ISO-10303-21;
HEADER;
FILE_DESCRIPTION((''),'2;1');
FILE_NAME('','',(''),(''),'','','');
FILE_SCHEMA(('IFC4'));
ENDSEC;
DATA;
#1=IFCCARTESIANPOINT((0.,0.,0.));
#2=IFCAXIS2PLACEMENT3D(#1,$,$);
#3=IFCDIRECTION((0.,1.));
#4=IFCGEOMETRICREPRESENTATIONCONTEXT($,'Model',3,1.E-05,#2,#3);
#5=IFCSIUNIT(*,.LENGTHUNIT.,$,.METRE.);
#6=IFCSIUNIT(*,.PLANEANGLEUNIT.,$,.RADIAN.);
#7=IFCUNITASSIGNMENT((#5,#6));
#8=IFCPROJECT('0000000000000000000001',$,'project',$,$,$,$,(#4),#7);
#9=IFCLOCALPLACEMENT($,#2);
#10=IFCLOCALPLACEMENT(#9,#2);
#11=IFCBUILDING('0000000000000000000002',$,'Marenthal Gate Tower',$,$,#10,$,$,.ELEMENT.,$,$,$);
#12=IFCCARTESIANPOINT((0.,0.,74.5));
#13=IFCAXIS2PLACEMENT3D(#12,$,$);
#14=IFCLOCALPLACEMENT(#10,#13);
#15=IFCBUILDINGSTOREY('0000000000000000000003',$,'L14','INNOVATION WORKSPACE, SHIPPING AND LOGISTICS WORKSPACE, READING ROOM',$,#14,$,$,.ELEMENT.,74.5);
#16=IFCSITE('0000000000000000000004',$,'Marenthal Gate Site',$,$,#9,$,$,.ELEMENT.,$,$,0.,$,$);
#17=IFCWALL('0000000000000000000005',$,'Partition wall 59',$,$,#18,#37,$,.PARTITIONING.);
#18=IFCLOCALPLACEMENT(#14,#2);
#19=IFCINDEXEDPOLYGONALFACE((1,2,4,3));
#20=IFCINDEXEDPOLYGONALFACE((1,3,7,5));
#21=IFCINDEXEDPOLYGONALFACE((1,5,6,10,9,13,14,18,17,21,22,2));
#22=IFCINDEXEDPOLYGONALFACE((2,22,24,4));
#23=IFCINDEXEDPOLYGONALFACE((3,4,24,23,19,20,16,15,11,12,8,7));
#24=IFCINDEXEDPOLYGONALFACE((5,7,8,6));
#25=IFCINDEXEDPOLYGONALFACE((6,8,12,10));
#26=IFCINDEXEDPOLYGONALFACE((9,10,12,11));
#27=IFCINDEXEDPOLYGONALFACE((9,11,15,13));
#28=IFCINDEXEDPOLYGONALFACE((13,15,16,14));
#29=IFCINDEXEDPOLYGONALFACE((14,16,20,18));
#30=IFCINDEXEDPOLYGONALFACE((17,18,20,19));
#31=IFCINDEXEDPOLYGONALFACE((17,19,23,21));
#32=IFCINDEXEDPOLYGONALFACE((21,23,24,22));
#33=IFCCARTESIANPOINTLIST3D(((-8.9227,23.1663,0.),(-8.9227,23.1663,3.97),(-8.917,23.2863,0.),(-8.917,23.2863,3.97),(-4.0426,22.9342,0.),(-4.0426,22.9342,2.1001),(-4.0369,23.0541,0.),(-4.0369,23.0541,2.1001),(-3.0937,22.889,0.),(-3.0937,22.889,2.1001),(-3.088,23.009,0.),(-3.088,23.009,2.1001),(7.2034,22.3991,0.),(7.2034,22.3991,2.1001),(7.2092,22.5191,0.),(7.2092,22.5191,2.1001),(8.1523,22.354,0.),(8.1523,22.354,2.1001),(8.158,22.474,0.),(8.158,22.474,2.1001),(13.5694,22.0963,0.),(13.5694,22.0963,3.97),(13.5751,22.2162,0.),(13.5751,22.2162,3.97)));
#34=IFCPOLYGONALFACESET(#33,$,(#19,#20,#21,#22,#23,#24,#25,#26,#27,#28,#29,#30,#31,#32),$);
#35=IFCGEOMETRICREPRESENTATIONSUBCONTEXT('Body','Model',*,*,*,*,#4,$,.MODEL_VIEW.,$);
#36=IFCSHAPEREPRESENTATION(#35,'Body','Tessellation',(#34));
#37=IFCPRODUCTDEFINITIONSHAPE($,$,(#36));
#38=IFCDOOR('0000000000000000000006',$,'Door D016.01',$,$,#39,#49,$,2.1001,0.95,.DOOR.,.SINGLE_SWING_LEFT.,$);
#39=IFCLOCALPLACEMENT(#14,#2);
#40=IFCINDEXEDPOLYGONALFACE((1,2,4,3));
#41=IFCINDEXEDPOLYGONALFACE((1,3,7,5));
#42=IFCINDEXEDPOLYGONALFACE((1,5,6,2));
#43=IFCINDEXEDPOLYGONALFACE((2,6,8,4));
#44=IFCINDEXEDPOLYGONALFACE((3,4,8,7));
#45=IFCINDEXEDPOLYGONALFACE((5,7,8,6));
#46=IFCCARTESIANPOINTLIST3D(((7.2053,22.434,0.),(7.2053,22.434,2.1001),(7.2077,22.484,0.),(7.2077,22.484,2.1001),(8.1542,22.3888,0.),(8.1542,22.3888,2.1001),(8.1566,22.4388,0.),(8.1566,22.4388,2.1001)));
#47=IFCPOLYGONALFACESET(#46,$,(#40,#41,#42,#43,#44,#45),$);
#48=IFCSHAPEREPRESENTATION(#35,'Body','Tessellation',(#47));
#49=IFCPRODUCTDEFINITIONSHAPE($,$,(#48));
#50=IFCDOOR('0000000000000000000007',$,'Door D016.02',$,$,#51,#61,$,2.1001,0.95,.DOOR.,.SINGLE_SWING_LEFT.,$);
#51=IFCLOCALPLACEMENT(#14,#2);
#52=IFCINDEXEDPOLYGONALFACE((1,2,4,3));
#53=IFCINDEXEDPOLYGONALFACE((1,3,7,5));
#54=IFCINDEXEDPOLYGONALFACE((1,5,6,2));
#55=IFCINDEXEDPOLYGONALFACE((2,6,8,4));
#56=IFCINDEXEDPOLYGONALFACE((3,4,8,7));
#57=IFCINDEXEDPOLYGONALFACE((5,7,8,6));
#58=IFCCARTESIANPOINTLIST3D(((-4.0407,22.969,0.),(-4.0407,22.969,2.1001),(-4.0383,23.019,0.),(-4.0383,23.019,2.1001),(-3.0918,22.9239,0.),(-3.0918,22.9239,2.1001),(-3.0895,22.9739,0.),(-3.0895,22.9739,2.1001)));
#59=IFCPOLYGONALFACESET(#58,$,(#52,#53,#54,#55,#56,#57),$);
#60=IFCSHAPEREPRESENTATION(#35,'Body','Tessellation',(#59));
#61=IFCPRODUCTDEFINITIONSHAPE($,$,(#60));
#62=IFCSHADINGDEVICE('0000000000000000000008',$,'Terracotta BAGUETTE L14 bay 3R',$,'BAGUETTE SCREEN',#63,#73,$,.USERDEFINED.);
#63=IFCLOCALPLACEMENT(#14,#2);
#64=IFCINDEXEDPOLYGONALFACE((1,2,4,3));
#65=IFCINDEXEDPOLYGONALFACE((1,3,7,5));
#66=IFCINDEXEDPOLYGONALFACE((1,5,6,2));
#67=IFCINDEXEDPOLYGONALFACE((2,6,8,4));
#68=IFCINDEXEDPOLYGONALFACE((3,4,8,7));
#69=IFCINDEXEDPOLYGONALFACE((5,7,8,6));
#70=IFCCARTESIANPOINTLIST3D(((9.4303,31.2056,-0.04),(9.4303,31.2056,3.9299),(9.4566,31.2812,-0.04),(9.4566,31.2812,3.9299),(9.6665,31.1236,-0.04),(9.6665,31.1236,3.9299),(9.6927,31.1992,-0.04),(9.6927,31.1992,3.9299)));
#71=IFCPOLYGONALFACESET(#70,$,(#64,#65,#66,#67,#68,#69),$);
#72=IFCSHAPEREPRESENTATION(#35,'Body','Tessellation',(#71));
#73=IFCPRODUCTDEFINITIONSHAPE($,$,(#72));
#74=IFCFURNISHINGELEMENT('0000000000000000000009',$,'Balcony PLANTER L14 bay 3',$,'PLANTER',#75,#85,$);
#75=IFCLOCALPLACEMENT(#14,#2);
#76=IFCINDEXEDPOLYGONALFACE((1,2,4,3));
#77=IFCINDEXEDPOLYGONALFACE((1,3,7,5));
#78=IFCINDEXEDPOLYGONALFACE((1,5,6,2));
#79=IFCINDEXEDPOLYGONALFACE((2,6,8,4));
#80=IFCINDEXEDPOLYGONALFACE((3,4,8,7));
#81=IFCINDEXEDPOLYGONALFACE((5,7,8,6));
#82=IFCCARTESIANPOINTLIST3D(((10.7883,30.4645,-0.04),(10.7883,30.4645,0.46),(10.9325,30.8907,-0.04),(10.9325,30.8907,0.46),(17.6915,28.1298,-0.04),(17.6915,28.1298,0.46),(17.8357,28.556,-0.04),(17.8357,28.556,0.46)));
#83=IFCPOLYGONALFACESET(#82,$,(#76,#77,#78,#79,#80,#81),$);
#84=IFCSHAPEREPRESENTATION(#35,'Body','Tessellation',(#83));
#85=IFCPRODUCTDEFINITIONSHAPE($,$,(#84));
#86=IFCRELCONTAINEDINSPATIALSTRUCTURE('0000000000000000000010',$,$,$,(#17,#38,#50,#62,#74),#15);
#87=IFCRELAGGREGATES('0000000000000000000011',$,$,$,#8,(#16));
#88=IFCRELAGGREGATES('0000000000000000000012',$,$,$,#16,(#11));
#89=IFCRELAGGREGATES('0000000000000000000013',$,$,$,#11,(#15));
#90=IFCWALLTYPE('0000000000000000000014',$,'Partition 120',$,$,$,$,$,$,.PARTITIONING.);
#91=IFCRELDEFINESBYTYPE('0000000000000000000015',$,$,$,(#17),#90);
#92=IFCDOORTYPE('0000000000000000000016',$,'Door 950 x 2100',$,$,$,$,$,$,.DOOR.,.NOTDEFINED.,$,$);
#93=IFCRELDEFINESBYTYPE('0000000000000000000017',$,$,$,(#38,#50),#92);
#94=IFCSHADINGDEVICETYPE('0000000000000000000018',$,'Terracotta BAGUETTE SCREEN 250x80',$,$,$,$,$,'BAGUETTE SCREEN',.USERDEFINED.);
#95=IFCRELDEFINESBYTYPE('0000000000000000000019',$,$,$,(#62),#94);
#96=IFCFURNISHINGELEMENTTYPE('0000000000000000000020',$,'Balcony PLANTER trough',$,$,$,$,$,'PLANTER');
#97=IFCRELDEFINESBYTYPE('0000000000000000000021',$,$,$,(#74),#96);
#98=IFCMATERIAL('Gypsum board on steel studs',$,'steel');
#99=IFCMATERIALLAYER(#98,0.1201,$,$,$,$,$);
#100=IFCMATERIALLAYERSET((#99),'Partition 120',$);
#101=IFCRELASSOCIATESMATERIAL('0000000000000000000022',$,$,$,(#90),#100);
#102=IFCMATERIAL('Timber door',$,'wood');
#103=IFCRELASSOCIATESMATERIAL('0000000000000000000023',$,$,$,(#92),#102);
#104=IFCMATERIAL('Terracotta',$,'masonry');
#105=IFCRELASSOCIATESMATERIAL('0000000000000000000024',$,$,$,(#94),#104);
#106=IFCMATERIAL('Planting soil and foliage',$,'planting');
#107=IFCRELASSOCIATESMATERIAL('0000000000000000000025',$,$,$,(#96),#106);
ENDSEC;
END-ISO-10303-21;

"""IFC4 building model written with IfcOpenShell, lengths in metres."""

from ifc_helpers import new_model, si_unit, direction, frame, frame_2d, origin, origin_2d, place, context, subcontext, project, spatial, rectangle, extrude, material, layer, layer_set, material_profile, profile_set, type_object, element, fill, save


model = new_model("IFC4")

# Units and contexts
model_context = context("Model", 3, precision=1e-05, world=origin(), true_north=direction((0.0, 1.0)))
body_context = subcontext(model_context, "Body", "Model", "MODEL_VIEW")
ifc_project = project(units=[si_unit("LENGTHUNIT", "METRE"), si_unit("PLANEANGLEUNIT", "RADIAN")], contexts=[model_context])

# Site, building, storey
site_placement = place(None, origin())
site = spatial("IfcSite", under=ifc_project, at=site_placement, Name="Marenthal Gate Site", CompositionType="ELEMENT", RefElevation=0.0)
building_placement = place(site_placement, origin())
building = spatial("IfcBuilding", under=site, at=building_placement, Name="Marenthal Gate Tower", CompositionType="ELEMENT")
storey_placement = place(building_placement, frame((0.0, 0.0, 74.5)))
storey = spatial("IfcBuildingStorey", under=building, at=storey_placement, Name="L14", Description="INNOVATION WORKSPACE, SHIPPING AND LOGISTICS WORKSPACE, READING ROOM", CompositionType="ELEMENT", Elevation=74.5)

# Shared definitions
ifc_material_1 = material(Name="Gypsum board on steel studs", Category="steel")
ifc_layer_1 = layer(ifc_material_1, 0.1201)
ifc_layer_set_1 = layer_set([ifc_layer_1], Name="Partition 120")
wall_type_1 = type_object("IfcWallType", Name="Partition 120", PredefinedType="PARTITIONING", material=ifc_layer_set_1)

# Wall, openings, doors
wall_1_placement = place(storey_placement, frame((13.5723, 22.1562, 0.0), z_axis=(0.0, 0.0, 1.0), x_axis=(-0.99887, 0.047521, 0.0)))
wall_1 = element("IfcWall", 1, at=wall_1_placement, inside=storey, type_object=wall_type_1, Name="Partition wall 59", PredefinedType="PARTITIONING", context=body_context, shape_type="SweptSolid", body=[
    extrude(rectangle(XDim=22.5176, YDim=0.1201, at=frame_2d((11.2588, 0.0))), origin(), (0.0, 0.0, 1.0), 3.97),
])
opening_1_placement = place(wall_1_placement, frame((5.4231, 0.0, 0.0)))
opening_1 = element("IfcOpeningElement", 2, at=opening_1_placement, cuts=wall_1, PredefinedType="OPENING", context=body_context, shape_type="SweptSolid", body=[
    extrude(rectangle(XDim=0.95, YDim=2.1001, at=frame_2d((0.4751, 1.05))), frame((0.0, 0.0701, 0.0), z_axis=(0.0, -1.0, 0.0), x_axis=(1.0, 0.0, 0.0)), (0.0, 0.0, 1.0), 0.1401),
])
opening_2_placement = place(wall_1_placement, frame((16.6819, 0.0, 0.0)))
opening_2 = element("IfcOpeningElement", 3, at=opening_2_placement, cuts=wall_1, PredefinedType="OPENING", context=body_context, shape_type="SweptSolid", body=[
    extrude(rectangle(XDim=0.95, YDim=2.1001, at=frame_2d((0.4751, 1.05))), frame((0.0, 0.0701, 0.0), z_axis=(0.0, -1.0, 0.0), x_axis=(1.0, 0.0, 0.0)), (0.0, 0.0, 1.0), 0.1401),
])
ifc_material_2 = material(Name="Timber door", Category="wood")
door_type_1 = type_object("IfcDoorType", Name="Door 950 x 2100", OperationType="NOTDEFINED", PredefinedType="DOOR", material=ifc_material_2)
door_1_placement = place(opening_1_placement, frame((0.95, 0.0, 0.0), z_axis=(0.0, 0.0, 1.0), x_axis=(-1.0, 0.0, 0.0)))
door_1 = element("IfcDoor", 4, at=door_1_placement, inside=storey, type_object=door_type_1, Name="Door D016.01", OperationType="SINGLE_SWING_LEFT", OverallHeight=2.1001, OverallWidth=0.95, PredefinedType="DOOR", context=body_context, shape_type="SweptSolid", body=[
    extrude(rectangle(XDim=0.95, YDim=2.1001, at=frame_2d((0.4751, 1.05))), frame((0.0, 0.0249, 0.0), z_axis=(0.0, -1.0, 0.0), x_axis=(1.0, 0.0, 0.0)), (0.0, 0.0, 1.0), 0.05),
])
fill(opening_1, door_1)
door_2_placement = place(opening_2_placement, frame((0.95, 0.0, 0.0), z_axis=(0.0, 0.0, 1.0), x_axis=(-1.0, 0.0, 0.0)))
door_2 = element("IfcDoor", 5, at=door_2_placement, inside=storey, type_object=door_type_1, Name="Door D016.02", OperationType="SINGLE_SWING_LEFT", OverallHeight=2.1001, OverallWidth=0.95, PredefinedType="DOOR", context=body_context, shape_type="SweptSolid", body=[
    extrude(rectangle(XDim=0.95, YDim=2.1001, at=frame_2d((0.4751, 1.05))), frame((0.0, 0.0249, 0.0), z_axis=(0.0, -1.0, 0.0), x_axis=(1.0, 0.0, 0.0)), (0.0, 0.0, 1.0), 0.05),
])
fill(opening_2, door_2)

# Shading device
ifc_material_3 = material(Name="Terracotta", Category="masonry")
ifc_material_profile_1 = material_profile(ifc_material_3, rectangle(XDim=0.25, YDim=0.0801, at=origin_2d()), Name="Terracotta baguette 250x80")
ifc_profile_set_1 = profile_set([ifc_material_profile_1], Name="Terracotta")
shading_device_type = type_object("IfcShadingDeviceType", Name="Terracotta BAGUETTE SCREEN 250x80", ElementType="BAGUETTE SCREEN", PredefinedType="USERDEFINED", material=ifc_profile_set_1)
shading_device_placement = place(storey_placement, frame((9.5615, 31.2024, -0.04), z_axis=(0.0, 0.0, 1.0), x_axis=(-0.944657, 0.328061, 0.0)))
element("IfcShadingDevice", 6, at=shading_device_placement, inside=storey, type_object=shading_device_type, Name="Terracotta BAGUETTE L14 bay 3R", ObjectType="BAGUETTE SCREEN", PredefinedType="USERDEFINED", context=body_context, shape_type="SweptSolid", body=[
    extrude(rectangle(XDim=0.25, YDim=0.0801, at=origin_2d()), origin(), (0.0, 0.0, 1.0), 3.97),
])

# Furnishing element
ifc_material_4 = material(Name="Planting soil and foliage", Category="planting")
furnishing_element_type = type_object("IfcFurnishingElementType", Name="Balcony PLANTER trough", ElementType="PLANTER", material=ifc_material_4)
furnishing_placement = place(storey_placement, frame((14.312, 29.5103, -0.04), z_axis=(0.0, 0.0, 1.0), x_axis=(-0.947289, 0.320381, 0.0)))
element("IfcFurnishingElement", 7, at=furnishing_placement, inside=storey, type_object=furnishing_element_type, Name="Balcony PLANTER L14 bay 3", ObjectType="PLANTER", context=body_context, shape_type="SweptSolid", body=[
    extrude(rectangle(XDim=7.2874, YDim=0.45, at=origin_2d()), origin(), (0.0, 0.0, 1.0), 0.5),
])

save(model, "model.ifc")
